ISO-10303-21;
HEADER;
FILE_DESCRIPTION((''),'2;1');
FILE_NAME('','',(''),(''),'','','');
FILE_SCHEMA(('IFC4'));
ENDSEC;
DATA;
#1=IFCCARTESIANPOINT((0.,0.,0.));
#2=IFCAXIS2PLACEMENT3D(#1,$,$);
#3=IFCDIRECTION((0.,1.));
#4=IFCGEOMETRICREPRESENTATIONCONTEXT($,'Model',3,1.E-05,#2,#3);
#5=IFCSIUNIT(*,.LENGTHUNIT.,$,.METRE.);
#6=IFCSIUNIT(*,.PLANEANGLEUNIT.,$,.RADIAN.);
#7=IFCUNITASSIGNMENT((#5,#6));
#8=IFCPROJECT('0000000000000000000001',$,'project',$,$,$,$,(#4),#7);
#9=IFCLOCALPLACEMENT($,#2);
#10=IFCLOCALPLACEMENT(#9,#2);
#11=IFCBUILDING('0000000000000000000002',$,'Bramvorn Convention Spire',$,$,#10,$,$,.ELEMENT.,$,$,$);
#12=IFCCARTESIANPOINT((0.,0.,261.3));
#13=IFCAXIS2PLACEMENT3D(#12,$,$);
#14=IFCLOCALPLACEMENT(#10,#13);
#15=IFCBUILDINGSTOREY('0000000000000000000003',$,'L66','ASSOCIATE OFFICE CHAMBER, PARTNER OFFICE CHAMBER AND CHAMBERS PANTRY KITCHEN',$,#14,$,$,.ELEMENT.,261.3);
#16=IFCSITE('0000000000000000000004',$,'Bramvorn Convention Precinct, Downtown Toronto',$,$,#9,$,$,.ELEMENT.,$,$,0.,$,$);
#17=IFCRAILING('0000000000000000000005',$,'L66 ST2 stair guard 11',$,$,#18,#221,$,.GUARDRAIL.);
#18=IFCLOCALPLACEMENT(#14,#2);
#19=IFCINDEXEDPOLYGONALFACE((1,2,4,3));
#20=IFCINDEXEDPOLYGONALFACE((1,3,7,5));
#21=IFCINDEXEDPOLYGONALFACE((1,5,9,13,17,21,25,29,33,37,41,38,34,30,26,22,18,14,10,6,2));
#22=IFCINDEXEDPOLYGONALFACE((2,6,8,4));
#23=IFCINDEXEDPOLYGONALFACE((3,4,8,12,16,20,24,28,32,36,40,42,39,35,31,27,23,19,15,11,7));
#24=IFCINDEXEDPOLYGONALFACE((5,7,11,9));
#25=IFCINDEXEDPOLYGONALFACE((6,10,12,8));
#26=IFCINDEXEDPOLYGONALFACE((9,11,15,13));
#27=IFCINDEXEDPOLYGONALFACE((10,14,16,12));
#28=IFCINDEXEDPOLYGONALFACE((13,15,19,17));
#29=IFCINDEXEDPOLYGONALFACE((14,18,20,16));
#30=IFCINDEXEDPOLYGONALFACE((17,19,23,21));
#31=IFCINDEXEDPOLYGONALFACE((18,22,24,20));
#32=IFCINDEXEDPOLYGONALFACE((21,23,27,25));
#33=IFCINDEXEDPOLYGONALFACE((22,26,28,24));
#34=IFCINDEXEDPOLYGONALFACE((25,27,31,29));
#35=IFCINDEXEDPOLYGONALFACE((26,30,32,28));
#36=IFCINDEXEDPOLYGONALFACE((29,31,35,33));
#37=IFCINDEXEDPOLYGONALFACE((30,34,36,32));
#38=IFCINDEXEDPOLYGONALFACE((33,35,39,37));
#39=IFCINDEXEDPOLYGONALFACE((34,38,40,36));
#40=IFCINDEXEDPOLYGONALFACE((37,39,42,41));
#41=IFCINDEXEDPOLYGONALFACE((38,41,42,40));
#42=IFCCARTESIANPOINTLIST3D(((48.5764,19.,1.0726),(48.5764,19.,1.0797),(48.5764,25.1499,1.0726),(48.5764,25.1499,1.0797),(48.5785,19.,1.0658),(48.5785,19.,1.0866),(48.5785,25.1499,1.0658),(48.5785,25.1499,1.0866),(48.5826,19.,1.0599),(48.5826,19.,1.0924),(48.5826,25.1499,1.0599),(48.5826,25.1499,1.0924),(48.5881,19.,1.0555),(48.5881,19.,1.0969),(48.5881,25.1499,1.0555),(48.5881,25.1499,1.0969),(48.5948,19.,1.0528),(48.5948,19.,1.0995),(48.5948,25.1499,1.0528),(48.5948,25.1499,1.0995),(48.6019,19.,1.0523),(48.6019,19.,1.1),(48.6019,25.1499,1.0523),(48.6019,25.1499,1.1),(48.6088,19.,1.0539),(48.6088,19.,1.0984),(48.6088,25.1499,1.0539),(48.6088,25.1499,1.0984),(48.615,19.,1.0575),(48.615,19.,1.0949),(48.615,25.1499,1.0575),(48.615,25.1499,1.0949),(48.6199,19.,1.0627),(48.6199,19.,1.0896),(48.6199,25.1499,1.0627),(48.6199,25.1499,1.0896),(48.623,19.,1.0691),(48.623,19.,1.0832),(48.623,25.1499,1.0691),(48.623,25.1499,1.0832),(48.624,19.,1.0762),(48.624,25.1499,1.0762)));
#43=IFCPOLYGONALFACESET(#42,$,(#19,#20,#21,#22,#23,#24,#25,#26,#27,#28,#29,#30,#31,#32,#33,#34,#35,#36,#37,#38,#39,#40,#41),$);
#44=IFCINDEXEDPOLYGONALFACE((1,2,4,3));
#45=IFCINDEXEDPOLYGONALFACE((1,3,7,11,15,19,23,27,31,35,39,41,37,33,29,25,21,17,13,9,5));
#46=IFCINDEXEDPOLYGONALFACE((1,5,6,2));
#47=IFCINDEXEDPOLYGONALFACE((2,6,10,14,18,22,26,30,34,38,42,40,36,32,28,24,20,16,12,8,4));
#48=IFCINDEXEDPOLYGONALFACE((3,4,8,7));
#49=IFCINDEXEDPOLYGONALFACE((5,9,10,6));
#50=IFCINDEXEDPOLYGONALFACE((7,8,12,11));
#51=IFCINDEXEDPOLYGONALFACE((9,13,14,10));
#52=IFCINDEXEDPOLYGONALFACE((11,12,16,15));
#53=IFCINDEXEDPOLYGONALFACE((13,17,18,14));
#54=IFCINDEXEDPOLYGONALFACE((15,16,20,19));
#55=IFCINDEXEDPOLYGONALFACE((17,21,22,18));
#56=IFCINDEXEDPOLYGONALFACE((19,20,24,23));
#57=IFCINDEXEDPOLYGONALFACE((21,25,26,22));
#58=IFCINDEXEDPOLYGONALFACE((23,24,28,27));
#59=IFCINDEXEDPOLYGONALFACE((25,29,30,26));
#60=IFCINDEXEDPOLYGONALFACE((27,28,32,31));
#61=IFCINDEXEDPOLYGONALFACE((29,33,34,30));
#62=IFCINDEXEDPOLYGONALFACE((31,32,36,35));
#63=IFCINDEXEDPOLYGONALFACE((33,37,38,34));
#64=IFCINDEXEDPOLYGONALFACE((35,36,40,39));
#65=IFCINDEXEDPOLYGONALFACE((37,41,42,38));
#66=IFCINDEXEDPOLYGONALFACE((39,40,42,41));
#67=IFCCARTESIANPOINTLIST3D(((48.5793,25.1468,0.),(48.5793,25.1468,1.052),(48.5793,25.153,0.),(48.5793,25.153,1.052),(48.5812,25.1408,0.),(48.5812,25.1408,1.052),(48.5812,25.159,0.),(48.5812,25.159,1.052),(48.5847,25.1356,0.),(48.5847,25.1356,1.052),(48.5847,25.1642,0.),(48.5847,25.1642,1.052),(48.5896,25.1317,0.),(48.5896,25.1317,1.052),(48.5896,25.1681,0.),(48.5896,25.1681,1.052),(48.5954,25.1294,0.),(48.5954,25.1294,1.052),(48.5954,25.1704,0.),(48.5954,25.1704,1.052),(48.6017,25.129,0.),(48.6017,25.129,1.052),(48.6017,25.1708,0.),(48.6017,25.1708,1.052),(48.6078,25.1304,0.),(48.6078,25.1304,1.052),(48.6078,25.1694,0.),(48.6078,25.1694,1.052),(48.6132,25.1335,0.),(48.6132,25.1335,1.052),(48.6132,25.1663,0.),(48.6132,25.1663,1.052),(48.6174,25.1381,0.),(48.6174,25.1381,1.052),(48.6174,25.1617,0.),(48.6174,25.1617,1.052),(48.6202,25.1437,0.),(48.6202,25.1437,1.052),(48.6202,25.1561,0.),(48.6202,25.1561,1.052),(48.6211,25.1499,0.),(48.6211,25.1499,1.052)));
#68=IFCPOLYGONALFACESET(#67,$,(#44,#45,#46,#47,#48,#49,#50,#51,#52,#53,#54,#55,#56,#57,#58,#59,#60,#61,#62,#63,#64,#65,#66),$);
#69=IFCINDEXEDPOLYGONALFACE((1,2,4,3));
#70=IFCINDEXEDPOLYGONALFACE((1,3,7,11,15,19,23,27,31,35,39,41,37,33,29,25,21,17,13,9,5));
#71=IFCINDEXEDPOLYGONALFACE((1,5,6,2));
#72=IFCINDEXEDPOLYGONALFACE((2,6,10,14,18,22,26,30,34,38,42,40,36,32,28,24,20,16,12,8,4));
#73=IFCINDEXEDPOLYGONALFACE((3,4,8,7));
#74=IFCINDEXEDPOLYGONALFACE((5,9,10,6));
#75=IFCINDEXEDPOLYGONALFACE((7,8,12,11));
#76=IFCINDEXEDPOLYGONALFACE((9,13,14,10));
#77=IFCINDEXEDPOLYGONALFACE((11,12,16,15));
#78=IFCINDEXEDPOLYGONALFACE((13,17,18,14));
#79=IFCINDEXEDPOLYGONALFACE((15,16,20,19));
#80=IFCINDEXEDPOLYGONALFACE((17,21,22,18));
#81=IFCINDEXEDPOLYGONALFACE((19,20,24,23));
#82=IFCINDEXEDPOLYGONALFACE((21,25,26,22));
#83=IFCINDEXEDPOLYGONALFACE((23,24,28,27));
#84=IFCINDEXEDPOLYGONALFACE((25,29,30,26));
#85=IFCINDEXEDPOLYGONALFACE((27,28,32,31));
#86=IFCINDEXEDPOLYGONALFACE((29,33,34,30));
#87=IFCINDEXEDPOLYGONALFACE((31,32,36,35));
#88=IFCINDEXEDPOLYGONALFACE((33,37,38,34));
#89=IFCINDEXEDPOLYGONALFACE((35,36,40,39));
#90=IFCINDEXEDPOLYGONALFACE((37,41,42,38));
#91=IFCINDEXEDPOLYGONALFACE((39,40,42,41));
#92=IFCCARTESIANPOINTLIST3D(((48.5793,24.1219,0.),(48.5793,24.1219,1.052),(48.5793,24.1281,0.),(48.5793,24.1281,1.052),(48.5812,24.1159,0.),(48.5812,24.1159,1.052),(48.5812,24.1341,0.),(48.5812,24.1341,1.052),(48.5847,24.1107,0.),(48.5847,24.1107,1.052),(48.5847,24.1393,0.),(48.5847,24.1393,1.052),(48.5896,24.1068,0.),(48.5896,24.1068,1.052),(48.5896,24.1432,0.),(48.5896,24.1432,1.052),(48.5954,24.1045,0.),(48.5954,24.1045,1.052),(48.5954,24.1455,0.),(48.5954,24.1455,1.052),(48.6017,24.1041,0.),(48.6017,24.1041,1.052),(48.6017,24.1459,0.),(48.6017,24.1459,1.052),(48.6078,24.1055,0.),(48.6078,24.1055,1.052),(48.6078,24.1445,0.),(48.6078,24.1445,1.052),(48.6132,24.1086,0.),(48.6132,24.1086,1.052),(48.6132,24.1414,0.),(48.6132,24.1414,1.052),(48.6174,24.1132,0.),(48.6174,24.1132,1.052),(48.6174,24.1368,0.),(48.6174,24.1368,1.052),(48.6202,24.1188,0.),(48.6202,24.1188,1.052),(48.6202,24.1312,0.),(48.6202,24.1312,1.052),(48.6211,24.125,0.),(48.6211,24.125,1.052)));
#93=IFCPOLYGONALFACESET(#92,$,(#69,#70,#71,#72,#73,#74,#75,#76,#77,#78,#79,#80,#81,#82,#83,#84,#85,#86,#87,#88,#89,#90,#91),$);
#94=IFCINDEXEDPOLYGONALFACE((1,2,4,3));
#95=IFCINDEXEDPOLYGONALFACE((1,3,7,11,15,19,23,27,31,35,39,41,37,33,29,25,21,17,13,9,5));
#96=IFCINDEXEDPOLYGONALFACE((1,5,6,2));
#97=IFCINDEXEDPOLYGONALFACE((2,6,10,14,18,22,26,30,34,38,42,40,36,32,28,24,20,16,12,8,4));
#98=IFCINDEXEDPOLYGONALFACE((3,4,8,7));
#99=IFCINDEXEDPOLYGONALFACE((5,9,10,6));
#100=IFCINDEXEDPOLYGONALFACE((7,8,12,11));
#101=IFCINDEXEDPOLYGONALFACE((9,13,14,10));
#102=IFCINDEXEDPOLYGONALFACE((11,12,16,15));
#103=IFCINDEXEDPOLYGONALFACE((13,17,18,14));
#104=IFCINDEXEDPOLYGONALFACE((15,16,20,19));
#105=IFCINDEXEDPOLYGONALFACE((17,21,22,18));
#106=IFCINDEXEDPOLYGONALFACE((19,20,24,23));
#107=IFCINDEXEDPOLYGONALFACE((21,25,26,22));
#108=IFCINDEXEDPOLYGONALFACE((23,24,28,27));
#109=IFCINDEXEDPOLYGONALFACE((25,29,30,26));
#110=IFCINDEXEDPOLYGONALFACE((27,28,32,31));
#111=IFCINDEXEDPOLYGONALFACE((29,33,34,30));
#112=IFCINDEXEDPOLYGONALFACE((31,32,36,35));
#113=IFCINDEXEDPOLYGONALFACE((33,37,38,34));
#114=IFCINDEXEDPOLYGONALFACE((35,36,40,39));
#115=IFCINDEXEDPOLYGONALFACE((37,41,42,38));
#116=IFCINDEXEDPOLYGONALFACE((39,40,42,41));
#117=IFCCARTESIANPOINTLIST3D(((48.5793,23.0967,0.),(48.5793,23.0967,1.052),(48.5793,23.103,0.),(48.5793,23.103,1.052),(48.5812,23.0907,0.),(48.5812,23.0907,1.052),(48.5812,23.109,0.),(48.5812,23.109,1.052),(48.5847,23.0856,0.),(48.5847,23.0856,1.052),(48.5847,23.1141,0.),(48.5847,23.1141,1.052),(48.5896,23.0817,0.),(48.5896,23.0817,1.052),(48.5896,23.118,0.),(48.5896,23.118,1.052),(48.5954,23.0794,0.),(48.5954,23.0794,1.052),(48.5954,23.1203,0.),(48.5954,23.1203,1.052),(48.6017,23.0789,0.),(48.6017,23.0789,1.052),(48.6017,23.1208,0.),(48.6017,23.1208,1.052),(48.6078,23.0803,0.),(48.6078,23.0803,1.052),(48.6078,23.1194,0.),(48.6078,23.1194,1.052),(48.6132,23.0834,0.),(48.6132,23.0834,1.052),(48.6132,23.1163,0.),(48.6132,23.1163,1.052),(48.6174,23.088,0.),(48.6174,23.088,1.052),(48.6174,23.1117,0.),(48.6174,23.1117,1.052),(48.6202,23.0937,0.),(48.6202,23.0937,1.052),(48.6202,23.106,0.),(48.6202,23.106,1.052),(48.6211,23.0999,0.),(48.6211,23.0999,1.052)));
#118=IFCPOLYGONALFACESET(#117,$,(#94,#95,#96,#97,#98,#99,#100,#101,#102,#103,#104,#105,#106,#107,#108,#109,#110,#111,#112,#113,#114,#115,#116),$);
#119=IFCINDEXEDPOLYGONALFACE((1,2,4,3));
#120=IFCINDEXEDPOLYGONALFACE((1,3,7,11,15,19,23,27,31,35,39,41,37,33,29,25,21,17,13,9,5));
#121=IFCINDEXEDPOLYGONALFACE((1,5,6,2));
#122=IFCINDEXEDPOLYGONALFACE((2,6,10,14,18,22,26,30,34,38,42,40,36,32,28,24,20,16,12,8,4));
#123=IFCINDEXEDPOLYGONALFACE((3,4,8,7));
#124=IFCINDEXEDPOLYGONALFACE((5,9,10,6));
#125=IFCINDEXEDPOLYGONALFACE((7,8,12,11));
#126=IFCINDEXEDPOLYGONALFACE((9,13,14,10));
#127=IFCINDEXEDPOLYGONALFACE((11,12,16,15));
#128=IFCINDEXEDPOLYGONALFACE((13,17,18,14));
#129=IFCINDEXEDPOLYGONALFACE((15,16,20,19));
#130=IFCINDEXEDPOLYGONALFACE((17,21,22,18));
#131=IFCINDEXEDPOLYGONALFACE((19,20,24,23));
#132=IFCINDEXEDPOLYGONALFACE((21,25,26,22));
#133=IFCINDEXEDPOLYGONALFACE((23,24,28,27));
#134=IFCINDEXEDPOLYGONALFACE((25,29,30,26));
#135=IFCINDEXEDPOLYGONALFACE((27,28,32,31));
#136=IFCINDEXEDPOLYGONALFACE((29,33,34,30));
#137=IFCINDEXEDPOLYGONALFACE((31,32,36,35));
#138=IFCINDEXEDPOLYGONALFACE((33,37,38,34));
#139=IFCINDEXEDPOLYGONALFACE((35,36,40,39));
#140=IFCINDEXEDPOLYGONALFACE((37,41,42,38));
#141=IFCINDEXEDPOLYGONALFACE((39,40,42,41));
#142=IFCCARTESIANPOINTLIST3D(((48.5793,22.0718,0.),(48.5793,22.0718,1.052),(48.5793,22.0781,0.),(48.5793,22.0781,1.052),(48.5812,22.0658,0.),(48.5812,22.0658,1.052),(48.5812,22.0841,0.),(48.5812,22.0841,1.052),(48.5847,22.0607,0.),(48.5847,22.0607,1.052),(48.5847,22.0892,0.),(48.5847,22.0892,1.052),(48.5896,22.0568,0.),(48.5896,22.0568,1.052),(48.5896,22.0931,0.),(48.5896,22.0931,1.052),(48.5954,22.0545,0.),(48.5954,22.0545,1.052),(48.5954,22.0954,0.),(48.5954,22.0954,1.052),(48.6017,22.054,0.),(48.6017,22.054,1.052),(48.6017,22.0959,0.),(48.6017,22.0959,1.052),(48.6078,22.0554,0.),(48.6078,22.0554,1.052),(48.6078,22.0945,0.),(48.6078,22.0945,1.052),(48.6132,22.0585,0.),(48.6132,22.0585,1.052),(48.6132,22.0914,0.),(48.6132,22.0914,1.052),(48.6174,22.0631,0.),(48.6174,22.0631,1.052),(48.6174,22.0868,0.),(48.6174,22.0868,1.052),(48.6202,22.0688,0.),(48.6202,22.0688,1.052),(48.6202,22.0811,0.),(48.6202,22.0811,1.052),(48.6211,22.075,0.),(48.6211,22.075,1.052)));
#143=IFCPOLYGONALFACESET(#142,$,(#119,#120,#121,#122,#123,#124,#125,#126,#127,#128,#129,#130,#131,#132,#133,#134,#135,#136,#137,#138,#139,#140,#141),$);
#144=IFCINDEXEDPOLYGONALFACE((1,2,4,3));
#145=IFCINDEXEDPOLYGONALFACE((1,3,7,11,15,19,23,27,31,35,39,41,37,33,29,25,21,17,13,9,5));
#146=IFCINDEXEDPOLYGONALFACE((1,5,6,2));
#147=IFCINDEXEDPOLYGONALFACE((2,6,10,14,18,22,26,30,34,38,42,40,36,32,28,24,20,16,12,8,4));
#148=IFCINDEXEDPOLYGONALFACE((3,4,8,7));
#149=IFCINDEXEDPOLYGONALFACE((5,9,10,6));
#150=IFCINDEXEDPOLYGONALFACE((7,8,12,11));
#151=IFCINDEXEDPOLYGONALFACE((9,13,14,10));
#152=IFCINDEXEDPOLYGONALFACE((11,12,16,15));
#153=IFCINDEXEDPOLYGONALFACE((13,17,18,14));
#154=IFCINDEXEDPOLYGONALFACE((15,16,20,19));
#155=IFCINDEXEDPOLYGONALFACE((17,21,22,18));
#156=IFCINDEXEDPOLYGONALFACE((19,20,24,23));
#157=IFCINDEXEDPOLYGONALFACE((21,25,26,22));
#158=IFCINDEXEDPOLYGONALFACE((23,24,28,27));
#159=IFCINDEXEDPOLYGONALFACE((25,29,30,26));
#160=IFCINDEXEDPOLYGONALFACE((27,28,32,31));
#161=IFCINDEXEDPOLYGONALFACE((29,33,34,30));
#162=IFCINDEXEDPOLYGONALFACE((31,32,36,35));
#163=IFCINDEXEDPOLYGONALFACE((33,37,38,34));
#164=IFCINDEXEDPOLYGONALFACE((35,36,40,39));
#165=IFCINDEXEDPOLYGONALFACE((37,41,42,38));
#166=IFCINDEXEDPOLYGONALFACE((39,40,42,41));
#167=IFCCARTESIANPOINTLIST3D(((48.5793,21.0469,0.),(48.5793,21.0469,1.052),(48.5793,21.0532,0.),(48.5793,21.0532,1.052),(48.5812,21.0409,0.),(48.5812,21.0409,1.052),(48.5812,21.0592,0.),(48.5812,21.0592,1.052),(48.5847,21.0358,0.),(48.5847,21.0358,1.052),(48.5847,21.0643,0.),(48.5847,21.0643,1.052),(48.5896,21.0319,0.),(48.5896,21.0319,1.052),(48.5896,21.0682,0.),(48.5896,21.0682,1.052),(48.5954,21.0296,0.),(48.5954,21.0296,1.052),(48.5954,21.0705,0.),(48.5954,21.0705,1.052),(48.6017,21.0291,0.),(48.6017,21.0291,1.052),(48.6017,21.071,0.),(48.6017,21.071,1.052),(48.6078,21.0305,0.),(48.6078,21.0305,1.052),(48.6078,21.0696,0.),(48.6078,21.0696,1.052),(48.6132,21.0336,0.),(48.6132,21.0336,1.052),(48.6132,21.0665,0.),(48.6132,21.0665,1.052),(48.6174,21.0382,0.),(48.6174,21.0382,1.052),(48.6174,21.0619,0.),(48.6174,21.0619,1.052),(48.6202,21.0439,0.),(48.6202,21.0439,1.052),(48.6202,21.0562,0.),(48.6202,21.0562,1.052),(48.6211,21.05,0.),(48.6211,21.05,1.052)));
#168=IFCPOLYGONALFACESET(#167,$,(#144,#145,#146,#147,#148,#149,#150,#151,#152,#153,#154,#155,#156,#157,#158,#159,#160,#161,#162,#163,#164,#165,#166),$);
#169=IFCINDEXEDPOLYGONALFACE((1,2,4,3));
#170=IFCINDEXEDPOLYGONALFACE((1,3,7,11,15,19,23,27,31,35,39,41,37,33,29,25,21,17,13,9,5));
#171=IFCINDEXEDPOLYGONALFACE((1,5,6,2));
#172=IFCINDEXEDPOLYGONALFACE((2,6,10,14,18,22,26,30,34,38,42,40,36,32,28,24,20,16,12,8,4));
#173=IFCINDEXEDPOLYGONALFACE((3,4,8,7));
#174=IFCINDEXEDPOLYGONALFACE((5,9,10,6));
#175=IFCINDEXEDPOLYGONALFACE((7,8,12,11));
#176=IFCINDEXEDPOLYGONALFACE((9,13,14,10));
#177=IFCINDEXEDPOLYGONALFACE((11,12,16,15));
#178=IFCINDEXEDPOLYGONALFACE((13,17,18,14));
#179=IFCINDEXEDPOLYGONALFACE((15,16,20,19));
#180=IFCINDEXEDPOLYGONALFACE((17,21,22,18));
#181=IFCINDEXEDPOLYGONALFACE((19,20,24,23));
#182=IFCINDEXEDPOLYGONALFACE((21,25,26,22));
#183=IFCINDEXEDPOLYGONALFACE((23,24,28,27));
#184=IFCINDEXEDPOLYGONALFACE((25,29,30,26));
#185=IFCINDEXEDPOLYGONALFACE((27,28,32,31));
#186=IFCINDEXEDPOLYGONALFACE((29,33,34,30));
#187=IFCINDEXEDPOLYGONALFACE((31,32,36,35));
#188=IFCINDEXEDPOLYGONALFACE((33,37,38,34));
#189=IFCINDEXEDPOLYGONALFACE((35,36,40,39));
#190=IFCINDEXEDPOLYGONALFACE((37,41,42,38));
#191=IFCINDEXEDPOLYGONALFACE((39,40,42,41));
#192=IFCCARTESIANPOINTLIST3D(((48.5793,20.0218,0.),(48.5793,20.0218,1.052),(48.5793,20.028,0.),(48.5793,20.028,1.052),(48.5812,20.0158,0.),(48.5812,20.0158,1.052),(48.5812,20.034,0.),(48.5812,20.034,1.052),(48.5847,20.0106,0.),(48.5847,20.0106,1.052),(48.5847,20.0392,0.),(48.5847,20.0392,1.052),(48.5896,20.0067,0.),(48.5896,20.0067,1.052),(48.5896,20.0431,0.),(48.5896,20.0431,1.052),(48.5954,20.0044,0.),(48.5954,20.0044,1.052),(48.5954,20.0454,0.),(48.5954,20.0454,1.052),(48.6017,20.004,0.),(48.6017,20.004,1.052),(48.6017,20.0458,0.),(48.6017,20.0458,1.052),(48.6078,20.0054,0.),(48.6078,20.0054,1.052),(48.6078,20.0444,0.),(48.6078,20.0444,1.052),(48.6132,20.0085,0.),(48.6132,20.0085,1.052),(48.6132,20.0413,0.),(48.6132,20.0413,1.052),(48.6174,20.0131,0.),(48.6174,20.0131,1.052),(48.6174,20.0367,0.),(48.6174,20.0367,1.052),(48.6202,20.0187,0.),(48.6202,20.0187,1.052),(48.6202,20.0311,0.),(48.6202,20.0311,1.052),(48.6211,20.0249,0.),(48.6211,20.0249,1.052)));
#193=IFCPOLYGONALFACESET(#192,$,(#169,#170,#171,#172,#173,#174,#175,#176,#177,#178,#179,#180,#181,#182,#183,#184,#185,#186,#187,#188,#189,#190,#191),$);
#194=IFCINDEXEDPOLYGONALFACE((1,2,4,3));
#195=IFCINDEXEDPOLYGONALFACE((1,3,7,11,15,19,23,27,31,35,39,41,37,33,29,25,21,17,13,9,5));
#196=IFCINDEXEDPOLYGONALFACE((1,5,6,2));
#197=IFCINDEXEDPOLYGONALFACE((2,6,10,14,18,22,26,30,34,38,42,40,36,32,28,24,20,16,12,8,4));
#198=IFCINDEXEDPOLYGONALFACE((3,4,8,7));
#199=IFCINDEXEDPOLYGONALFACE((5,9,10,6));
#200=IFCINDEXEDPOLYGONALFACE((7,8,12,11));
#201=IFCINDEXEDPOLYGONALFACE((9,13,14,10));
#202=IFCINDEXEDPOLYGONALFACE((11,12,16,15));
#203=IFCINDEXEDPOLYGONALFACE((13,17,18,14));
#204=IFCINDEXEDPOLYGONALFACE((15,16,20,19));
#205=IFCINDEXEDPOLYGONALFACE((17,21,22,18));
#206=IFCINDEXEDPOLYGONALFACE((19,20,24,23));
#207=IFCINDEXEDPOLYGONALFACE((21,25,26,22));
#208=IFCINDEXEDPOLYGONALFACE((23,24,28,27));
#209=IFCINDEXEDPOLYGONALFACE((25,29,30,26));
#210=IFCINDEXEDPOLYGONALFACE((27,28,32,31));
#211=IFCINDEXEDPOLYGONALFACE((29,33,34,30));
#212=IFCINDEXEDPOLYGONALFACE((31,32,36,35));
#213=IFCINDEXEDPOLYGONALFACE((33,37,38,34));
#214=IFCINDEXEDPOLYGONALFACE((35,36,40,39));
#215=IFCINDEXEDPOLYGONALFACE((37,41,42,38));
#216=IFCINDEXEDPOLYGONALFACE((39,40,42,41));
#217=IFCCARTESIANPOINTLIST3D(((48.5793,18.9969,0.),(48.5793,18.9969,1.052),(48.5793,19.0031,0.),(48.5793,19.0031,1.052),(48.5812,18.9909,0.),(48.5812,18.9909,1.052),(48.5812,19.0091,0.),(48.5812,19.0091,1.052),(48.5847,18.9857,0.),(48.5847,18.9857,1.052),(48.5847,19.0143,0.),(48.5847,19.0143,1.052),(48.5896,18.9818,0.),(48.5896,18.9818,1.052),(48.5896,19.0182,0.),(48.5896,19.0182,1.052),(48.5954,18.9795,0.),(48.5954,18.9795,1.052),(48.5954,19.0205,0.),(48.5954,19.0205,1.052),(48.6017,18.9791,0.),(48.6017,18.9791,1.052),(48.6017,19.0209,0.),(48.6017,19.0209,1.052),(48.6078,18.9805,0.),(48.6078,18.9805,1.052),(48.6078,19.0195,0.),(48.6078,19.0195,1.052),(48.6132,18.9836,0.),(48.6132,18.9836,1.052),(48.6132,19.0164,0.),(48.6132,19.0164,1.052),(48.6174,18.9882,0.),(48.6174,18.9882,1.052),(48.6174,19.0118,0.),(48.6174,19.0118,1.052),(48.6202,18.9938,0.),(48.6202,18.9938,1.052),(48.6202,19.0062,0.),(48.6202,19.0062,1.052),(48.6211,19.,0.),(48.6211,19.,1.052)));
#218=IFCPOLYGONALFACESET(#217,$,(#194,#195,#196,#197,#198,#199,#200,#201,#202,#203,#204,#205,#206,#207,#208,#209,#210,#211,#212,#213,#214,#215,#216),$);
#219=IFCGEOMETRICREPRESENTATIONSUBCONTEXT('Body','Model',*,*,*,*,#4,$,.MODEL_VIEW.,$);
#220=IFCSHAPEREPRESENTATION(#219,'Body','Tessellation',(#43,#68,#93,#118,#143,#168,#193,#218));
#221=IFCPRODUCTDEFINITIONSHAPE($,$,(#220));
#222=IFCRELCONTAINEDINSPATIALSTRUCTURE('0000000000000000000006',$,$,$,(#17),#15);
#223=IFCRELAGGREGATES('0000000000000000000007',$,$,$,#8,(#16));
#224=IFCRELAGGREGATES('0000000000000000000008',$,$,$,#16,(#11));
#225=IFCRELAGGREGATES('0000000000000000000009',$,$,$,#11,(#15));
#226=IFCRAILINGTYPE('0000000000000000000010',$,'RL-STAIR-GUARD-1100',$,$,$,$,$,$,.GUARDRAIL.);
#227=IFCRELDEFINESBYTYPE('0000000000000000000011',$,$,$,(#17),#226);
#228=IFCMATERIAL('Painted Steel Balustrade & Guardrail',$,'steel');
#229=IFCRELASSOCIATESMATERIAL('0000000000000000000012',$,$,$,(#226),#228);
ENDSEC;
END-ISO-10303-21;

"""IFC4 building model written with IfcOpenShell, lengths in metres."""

from ifc_helpers import new_model, si_unit, direction, frame, origin, origin_2d, place, context, subcontext, project, spatial, circle, extrude, material, type_object, element, save


model = new_model("IFC4")

# Units and contexts
model_context = context("Model", 3, precision=1e-05, world=origin(), true_north=direction((0.0, 1.0)))
body_context = subcontext(model_context, "Body", "Model", "MODEL_VIEW")
ifc_project = project(units=[si_unit("LENGTHUNIT", "METRE"), si_unit("PLANEANGLEUNIT", "RADIAN")], contexts=[model_context])

# Site, building, storey
site_placement = place(None, origin())
site = spatial("IfcSite", under=ifc_project, at=site_placement, Name="Bramvorn Convention Precinct, Downtown Toronto", CompositionType="ELEMENT", RefElevation=0.0)
building_placement = place(site_placement, origin())
building = spatial("IfcBuilding", under=site, at=building_placement, Name="Bramvorn Convention Spire", CompositionType="ELEMENT")
storey_placement = place(building_placement, frame((0.0, 0.0, 261.3)))
storey = spatial("IfcBuildingStorey", under=building, at=storey_placement, Name="L66", Description="ASSOCIATE OFFICE CHAMBER, PARTNER OFFICE CHAMBER AND CHAMBERS PANTRY KITCHEN", CompositionType="ELEMENT", Elevation=261.3)

# Railing
ifc_material_1 = material(Name="Painted Steel Balustrade & Guardrail", Category="steel")
railing_type_1 = type_object("IfcRailingType", Name="RL-STAIR-GUARD-1100", PredefinedType="GUARDRAIL", material=ifc_material_1)
railing_1_placement = place(storey_placement, frame((48.6001, 25.1499, 0.0)))
element("IfcRailing", 1, at=railing_1_placement, inside=storey, type_object=railing_type_1, Name="L66 ST2 stair guard 11", PredefinedType="GUARDRAIL", context=body_context, shape_type="SweptSolid", body=[
    extrude(circle(Radius=0.0239, at=origin_2d()), frame((0.0, 0.0, 1.0762), z_axis=(0.0, -1.0, 0.0), x_axis=(1.0, 0.0, 0.0)), (0.0, 0.0, 1.0), 6.1499),
    extrude(circle(Radius=0.021, at=origin_2d()), origin(), (0.0, 0.0, 1.0), 1.052),
    extrude(circle(Radius=0.021, at=origin_2d()), frame((0.0, -1.0249, 0.0)), (0.0, 0.0, 1.0), 1.052),
    extrude(circle(Radius=0.021, at=origin_2d()), frame((0.0, -2.05, 0.0)), (0.0, 0.0, 1.0), 1.052),
    extrude(circle(Radius=0.021, at=origin_2d()), frame((0.0, -3.075, 0.0)), (0.0, 0.0, 1.0), 1.052),
    extrude(circle(Radius=0.021, at=origin_2d()), frame((0.0, -4.0999, 0.0)), (0.0, 0.0, 1.0), 1.052),
    extrude(circle(Radius=0.021, at=origin_2d()), frame((0.0, -5.125, 0.0)), (0.0, 0.0, 1.0), 1.052),
    extrude(circle(Radius=0.021, at=origin_2d()), frame((0.0, -6.1499, 0.0)), (0.0, 0.0, 1.0), 1.052),
])

save(model, "model.ifc")
